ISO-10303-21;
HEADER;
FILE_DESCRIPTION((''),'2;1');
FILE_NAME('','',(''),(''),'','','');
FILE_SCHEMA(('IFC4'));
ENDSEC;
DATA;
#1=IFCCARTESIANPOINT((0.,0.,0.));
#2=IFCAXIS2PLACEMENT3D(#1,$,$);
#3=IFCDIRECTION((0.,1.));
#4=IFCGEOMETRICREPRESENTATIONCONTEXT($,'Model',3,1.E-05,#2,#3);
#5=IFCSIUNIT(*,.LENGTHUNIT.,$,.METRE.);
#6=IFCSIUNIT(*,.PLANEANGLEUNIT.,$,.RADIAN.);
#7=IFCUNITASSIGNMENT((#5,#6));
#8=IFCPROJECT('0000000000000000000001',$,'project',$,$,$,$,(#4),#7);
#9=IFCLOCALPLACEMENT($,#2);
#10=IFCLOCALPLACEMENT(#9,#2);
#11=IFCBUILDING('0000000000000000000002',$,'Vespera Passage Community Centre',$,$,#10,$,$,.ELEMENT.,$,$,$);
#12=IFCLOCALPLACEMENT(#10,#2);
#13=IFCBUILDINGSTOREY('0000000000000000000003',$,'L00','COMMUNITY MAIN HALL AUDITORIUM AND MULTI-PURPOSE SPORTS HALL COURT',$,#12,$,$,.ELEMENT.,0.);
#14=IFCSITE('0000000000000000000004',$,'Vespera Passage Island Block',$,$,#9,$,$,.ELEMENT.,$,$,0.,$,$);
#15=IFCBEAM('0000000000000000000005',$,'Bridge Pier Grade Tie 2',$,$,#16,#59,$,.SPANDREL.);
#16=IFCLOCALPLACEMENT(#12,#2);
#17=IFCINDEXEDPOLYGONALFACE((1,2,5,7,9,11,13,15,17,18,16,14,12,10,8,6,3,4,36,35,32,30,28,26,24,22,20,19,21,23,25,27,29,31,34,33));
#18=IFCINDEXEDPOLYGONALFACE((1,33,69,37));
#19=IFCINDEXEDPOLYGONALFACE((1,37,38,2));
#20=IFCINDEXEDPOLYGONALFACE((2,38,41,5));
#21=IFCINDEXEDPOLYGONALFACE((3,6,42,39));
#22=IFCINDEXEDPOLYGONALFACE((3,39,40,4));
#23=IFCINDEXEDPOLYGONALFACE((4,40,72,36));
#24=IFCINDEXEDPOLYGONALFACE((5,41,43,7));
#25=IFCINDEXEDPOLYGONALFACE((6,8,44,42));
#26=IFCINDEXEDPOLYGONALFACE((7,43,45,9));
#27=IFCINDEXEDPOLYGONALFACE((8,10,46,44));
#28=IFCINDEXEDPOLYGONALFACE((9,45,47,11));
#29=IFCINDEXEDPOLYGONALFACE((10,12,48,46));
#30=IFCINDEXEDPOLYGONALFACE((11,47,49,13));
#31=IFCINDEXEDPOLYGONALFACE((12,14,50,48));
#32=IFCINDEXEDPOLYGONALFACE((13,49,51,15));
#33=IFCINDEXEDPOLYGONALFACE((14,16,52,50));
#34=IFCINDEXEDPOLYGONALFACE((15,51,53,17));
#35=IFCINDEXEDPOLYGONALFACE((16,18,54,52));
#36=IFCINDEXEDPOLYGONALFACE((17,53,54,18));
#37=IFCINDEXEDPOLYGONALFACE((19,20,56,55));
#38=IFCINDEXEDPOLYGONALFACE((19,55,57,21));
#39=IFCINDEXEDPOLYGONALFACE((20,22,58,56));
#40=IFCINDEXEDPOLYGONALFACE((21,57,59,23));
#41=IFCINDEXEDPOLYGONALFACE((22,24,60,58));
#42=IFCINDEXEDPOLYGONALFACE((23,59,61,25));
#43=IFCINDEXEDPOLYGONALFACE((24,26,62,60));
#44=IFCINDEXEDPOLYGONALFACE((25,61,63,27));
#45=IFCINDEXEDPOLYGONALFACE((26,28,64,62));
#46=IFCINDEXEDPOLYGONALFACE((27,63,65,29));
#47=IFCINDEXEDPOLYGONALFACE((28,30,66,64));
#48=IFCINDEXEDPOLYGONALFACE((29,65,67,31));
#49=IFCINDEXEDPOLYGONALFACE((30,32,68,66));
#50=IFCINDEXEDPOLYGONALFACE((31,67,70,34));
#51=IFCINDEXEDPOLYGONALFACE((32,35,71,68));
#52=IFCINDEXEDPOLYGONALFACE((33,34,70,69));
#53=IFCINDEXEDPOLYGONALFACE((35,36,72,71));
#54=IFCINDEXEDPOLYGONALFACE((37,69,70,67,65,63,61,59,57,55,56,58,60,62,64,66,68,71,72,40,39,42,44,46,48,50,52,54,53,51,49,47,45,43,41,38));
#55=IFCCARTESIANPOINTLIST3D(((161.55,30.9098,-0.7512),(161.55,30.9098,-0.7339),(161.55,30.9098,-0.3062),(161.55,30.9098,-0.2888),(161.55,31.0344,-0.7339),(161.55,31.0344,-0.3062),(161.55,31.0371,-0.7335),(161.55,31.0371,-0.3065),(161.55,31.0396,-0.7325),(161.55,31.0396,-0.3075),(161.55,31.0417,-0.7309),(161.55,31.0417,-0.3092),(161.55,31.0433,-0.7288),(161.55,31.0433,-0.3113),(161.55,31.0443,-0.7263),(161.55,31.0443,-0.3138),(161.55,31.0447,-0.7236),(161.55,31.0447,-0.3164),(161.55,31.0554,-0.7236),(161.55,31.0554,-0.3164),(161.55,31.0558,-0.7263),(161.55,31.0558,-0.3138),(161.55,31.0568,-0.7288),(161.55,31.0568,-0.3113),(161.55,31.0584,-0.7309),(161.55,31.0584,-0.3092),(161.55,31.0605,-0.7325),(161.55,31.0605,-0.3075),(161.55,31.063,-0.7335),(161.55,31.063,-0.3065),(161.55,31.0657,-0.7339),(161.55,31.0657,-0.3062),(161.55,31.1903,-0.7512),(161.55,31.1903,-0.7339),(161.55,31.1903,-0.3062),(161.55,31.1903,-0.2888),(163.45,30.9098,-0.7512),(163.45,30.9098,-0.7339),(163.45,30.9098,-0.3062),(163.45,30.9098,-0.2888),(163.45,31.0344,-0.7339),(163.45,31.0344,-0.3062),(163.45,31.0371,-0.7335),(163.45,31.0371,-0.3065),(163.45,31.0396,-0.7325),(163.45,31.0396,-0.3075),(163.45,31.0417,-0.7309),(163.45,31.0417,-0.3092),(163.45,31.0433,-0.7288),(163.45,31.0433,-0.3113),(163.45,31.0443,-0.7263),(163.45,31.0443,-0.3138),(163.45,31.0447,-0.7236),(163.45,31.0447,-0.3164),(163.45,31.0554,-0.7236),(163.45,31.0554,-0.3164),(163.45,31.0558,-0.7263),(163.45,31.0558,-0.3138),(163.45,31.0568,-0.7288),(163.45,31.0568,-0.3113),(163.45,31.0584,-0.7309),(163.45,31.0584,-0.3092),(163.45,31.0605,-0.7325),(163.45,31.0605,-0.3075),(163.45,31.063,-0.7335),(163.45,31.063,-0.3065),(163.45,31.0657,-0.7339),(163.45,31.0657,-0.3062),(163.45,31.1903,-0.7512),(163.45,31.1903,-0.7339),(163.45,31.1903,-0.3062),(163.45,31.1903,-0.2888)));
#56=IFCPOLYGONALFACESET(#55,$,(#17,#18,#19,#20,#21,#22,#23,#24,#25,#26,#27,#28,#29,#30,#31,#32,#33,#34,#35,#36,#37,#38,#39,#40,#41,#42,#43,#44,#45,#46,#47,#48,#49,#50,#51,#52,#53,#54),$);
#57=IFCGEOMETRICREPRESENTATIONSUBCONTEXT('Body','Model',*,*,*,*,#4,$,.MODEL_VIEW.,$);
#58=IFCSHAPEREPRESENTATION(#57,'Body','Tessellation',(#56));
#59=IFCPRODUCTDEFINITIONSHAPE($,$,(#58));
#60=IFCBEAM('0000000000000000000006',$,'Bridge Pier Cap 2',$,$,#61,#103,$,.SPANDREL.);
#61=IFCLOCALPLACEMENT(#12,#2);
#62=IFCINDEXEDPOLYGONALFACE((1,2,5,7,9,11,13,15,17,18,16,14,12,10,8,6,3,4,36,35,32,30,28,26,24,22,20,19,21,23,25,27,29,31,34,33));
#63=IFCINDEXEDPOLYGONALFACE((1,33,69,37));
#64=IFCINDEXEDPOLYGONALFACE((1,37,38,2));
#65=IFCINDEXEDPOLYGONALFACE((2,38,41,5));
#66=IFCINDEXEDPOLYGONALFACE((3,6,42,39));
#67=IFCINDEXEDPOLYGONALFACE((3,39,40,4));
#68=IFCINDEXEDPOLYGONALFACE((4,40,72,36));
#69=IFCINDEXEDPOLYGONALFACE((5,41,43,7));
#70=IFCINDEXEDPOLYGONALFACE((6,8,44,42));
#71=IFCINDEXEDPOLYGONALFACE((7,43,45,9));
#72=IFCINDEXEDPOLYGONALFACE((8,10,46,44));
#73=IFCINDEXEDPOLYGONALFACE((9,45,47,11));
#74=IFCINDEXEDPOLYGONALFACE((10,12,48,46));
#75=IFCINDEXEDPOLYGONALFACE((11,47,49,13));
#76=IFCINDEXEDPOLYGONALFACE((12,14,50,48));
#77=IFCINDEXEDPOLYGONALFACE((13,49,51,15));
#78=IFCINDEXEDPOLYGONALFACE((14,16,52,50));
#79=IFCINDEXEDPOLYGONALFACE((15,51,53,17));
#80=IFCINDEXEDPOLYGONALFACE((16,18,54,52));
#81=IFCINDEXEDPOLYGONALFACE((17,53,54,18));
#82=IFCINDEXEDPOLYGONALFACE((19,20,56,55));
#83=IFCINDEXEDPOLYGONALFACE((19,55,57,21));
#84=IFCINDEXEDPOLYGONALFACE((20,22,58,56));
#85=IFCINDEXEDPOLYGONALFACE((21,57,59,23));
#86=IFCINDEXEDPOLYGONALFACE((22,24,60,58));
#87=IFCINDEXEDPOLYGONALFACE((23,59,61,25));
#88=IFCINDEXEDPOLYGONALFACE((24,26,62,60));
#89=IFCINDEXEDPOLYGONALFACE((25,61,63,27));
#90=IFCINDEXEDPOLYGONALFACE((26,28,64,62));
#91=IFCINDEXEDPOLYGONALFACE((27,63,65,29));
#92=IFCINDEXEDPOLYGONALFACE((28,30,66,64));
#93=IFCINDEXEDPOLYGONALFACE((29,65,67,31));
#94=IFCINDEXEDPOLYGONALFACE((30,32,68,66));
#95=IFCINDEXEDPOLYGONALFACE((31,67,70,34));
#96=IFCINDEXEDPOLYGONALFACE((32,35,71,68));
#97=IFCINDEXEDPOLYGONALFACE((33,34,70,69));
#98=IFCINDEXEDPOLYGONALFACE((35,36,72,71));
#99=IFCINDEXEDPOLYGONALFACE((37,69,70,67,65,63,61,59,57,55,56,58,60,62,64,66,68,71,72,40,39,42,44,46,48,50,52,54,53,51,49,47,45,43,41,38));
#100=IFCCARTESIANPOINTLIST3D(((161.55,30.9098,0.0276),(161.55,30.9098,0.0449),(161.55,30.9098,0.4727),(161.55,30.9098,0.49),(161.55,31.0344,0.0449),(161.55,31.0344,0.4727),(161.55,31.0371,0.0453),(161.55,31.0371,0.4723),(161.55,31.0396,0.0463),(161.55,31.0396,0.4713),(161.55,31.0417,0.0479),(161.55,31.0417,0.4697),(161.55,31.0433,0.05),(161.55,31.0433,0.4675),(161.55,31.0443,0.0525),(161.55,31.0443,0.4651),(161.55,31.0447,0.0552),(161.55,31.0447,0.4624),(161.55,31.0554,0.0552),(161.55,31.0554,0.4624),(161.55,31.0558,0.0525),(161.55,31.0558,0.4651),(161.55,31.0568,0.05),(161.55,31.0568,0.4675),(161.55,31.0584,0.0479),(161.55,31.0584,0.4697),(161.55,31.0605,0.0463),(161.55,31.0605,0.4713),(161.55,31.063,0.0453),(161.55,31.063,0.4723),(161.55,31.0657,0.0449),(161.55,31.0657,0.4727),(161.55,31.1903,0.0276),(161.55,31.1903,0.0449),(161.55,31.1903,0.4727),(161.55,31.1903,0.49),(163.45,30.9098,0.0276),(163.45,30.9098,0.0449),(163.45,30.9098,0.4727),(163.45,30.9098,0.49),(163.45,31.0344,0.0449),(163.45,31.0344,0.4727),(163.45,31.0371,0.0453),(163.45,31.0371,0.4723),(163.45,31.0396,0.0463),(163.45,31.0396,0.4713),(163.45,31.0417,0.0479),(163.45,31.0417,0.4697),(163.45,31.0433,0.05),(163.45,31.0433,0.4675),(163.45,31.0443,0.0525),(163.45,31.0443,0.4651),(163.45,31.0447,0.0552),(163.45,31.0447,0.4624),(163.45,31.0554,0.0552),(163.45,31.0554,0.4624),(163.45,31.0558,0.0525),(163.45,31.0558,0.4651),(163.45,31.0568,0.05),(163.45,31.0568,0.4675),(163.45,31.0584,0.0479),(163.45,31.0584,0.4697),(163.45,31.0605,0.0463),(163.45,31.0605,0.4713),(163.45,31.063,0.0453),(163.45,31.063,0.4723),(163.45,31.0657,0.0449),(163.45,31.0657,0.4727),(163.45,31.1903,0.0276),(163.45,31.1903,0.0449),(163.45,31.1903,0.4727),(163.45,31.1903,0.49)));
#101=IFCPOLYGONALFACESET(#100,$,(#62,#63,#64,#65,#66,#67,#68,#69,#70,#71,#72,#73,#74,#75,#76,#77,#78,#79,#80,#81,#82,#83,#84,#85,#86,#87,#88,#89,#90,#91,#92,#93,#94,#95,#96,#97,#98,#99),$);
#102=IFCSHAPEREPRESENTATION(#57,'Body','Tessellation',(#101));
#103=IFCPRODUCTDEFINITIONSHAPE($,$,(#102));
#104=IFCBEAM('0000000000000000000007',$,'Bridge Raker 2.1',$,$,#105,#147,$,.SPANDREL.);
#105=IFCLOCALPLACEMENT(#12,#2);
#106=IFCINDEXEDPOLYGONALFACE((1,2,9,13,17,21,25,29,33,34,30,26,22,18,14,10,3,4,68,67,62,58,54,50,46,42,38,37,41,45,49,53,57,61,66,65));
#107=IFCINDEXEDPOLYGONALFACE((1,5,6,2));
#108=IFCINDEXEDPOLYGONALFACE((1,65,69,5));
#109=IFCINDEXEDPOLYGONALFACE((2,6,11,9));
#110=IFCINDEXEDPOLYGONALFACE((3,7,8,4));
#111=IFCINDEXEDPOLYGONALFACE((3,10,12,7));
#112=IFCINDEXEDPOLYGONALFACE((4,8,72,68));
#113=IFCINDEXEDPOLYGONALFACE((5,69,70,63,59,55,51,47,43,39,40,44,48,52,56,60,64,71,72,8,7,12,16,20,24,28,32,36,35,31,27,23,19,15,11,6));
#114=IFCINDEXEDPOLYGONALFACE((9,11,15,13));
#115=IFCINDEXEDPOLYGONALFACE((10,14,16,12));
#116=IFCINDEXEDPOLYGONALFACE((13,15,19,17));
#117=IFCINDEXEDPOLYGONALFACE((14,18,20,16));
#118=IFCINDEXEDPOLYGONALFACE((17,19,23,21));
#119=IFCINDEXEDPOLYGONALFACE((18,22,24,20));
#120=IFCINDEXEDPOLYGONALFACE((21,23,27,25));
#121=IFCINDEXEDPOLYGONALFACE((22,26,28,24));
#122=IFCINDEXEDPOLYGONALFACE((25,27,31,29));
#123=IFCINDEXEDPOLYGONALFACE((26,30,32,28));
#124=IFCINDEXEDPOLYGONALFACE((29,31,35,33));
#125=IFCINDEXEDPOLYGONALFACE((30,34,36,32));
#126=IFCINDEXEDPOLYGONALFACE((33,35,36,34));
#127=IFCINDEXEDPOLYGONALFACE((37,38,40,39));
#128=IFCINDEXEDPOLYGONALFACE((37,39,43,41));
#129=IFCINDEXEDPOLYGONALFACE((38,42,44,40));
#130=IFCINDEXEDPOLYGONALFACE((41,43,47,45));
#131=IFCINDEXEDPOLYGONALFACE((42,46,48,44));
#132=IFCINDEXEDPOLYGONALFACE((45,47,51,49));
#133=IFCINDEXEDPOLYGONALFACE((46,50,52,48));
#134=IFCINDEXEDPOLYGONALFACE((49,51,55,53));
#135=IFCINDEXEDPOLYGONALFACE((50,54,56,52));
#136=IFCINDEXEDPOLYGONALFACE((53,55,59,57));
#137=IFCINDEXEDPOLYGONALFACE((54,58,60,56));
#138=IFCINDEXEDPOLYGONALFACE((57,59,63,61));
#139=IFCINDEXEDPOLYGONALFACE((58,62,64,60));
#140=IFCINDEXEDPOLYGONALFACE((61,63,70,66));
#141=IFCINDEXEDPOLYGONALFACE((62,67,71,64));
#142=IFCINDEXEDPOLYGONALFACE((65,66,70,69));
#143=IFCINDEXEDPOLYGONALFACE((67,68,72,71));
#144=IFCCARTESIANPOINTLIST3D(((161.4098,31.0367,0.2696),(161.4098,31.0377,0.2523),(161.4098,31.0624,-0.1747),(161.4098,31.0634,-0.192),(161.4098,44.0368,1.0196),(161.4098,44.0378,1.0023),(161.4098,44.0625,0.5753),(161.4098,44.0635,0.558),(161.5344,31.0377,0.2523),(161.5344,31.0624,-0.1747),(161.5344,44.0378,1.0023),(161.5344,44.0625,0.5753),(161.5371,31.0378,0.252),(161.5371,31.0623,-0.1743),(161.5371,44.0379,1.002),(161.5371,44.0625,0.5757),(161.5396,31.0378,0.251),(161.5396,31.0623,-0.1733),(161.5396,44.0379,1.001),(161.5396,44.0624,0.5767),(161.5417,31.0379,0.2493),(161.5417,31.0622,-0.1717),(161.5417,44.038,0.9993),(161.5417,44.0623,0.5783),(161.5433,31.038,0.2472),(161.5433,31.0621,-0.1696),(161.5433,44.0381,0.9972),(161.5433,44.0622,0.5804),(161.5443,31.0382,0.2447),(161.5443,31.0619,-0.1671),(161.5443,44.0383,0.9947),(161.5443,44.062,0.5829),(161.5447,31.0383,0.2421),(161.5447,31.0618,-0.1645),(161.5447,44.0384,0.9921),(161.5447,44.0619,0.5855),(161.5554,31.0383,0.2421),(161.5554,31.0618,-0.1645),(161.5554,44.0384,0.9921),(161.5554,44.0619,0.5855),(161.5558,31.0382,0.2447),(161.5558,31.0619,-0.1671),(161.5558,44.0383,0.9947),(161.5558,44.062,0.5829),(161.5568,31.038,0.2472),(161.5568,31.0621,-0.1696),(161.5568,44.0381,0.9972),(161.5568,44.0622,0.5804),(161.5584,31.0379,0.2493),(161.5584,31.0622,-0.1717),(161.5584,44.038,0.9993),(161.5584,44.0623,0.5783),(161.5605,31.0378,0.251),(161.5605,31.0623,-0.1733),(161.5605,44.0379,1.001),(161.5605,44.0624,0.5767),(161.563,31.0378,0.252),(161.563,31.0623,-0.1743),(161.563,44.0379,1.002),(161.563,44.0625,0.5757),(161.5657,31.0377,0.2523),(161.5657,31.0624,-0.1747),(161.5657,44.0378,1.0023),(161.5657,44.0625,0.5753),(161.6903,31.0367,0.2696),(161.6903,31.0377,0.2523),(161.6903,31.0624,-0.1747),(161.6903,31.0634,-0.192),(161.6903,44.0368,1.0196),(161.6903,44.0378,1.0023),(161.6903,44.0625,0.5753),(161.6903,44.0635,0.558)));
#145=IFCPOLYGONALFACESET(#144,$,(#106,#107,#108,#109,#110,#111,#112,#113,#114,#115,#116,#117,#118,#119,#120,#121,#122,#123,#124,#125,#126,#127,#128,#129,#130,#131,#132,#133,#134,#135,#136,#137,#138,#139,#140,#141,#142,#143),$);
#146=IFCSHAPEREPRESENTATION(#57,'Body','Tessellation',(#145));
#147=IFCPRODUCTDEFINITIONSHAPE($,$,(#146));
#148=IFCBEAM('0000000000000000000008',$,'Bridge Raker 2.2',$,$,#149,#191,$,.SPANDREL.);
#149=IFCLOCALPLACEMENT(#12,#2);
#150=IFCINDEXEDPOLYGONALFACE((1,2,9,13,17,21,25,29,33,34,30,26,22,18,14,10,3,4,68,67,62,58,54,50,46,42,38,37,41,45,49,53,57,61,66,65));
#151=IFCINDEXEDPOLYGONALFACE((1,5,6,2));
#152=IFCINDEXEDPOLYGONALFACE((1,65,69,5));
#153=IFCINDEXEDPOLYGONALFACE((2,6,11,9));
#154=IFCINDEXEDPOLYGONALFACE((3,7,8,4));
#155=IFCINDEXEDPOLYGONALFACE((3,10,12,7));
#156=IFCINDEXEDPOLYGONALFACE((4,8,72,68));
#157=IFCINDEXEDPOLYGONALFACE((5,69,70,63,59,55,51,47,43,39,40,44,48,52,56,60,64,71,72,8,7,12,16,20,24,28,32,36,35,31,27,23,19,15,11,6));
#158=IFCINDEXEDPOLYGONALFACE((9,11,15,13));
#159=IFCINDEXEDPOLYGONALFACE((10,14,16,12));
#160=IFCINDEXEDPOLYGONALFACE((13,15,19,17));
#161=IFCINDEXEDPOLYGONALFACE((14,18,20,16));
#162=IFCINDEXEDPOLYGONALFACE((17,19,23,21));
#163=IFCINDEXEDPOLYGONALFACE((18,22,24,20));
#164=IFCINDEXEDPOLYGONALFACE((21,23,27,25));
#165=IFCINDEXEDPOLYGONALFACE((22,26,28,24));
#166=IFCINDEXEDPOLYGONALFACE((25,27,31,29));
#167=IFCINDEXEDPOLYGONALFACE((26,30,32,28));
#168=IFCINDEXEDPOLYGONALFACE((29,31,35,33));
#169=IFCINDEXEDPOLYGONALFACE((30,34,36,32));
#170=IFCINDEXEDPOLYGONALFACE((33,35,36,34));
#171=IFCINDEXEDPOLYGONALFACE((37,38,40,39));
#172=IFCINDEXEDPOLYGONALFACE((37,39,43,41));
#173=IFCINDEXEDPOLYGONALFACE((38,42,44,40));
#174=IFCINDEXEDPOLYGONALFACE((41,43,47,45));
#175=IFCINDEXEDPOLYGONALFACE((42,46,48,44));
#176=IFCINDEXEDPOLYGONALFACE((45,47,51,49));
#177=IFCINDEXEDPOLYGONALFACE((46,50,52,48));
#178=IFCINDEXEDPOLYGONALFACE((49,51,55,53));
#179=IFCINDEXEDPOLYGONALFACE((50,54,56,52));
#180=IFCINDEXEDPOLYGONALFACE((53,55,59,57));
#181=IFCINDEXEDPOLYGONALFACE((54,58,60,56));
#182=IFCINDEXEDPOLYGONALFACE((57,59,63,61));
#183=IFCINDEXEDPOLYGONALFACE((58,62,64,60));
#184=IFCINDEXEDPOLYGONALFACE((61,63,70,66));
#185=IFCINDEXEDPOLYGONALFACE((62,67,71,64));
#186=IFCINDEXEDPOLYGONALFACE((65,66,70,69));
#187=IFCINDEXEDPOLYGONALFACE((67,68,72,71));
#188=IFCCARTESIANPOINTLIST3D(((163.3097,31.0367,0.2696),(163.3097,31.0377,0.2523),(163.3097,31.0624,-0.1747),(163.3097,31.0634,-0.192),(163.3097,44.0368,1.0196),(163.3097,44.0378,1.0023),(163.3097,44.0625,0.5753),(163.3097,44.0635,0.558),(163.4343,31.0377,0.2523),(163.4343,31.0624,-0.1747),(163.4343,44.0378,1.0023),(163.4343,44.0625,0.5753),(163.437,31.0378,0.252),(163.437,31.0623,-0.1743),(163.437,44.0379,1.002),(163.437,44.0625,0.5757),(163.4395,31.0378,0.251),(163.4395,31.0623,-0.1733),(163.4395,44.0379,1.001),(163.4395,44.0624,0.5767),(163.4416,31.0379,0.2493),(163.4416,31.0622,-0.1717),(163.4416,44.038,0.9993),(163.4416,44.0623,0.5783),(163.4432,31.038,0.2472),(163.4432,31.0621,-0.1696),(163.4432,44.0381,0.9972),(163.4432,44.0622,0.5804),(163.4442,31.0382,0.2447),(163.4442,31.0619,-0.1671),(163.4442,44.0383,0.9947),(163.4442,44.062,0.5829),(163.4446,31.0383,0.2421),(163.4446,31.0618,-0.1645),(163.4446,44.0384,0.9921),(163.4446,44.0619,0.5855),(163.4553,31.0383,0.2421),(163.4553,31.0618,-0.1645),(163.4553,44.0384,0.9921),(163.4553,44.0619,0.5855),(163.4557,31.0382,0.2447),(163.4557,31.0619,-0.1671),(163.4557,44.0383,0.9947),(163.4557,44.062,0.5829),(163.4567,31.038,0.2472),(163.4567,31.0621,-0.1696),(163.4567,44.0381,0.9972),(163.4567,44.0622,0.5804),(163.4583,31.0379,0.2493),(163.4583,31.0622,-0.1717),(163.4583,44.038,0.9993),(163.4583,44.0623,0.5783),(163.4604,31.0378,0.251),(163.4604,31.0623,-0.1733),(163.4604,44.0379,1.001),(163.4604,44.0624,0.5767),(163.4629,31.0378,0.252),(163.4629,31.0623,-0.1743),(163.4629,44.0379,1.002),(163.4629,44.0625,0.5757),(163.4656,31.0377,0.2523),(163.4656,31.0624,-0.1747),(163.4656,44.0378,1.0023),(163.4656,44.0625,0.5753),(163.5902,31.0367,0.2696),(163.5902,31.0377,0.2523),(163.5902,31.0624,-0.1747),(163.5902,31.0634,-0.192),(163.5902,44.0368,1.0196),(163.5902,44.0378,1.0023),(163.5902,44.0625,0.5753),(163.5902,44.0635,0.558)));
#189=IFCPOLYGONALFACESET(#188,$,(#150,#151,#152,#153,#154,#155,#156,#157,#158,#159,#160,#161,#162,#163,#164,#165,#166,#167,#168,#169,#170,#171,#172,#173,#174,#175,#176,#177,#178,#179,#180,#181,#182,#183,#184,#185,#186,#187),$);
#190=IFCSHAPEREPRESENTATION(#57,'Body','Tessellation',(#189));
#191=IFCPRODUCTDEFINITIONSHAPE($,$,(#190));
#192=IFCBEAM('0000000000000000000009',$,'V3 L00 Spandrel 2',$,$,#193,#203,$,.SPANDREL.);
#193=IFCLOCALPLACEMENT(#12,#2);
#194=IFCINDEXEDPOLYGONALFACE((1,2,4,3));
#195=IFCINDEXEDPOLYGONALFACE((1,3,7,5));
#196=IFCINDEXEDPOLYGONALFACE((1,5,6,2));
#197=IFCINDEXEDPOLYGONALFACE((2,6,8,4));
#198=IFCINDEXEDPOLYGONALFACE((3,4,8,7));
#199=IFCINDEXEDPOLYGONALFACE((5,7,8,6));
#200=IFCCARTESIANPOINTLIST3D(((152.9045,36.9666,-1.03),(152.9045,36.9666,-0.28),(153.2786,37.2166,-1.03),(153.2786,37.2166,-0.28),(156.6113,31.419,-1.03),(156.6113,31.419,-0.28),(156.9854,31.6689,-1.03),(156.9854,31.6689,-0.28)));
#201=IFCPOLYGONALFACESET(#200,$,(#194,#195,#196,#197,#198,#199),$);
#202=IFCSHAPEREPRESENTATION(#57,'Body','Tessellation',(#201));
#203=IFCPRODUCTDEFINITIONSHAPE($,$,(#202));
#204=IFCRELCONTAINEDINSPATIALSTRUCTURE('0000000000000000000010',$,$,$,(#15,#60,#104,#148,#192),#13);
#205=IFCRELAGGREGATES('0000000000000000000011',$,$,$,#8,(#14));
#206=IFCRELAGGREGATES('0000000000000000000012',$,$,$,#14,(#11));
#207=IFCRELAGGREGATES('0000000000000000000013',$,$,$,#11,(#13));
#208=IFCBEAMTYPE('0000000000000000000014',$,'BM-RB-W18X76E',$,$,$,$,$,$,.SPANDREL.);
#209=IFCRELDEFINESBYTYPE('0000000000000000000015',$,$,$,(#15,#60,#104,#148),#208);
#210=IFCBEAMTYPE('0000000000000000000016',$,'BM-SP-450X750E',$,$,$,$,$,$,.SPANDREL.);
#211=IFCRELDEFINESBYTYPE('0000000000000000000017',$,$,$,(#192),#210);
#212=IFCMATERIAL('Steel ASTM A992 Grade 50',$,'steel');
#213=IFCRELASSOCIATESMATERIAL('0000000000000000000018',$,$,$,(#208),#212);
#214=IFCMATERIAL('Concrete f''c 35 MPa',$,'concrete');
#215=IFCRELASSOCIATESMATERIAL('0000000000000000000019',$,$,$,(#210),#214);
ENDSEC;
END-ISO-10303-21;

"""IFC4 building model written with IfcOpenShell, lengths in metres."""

from ifc_helpers import new_model, si_unit, direction, frame, origin, origin_2d, place, context, subcontext, project, spatial, rectangle, i_section, extrude, material, material_profile, profile_set, type_object, element, save


model = new_model("IFC4")

# Units and contexts
model_context = context("Model", 3, precision=1e-05, world=origin(), true_north=direction((0.0, 1.0)))
body_context = subcontext(model_context, "Body", "Model", "MODEL_VIEW")
ifc_project = project(units=[si_unit("LENGTHUNIT", "METRE"), si_unit("PLANEANGLEUNIT", "RADIAN")], contexts=[model_context])

# Site, building, storey
site_placement = place(None, origin())
site = spatial("IfcSite", under=ifc_project, at=site_placement, Name="Vespera Passage Island Block", CompositionType="ELEMENT", RefElevation=0.0)
building_placement = place(site_placement, origin())
building = spatial("IfcBuilding", under=site, at=building_placement, Name="Vespera Passage Community Centre", CompositionType="ELEMENT")
storey_placement = place(building_placement, origin())
storey = spatial("IfcBuildingStorey", under=building, at=storey_placement, Name="L00", Description="COMMUNITY MAIN HALL AUDITORIUM AND MULTI-PURPOSE SPORTS HALL COURT", CompositionType="ELEMENT", Elevation=0.0)

# Beams
ifc_material_1 = material(Name="Steel ASTM A992 Grade 50", Category="steel")
ifc_material_profile_1 = material_profile(ifc_material_1, i_section(OverallWidth=0.2805, OverallDepth=0.4624, WebThickness=0.0107, FlangeThickness=0.0173, FilletRadius=0.0103, at=origin_2d()), Name="W18X76")
ifc_profile_set_1 = profile_set([ifc_material_profile_1], Name="Steel ASTM A992 Grade 50")
beam_type_1 = type_object("IfcBeamType", Name="BM-RB-W18X76E", PredefinedType="SPANDREL", material=ifc_profile_set_1)
for number, where, z_axis, x_axis, name in (
    (1, (161.55, 31.05, -0.52), (1.0, 0.0, 0.0), (0.0, 1.0, 0.0), "Bridge Pier Grade Tie 2"),
    (2, (161.55, 31.05, 0.2588), (1.0, 0.0, 0.0), (0.0, 1.0, 0.0), "Bridge Pier Cap 2"),
):
    element("IfcBeam", number, at=place(storey_placement, frame(where, z_axis=z_axis, x_axis=x_axis)), inside=storey, type_object=beam_type_1, Name=name, PredefinedType="SPANDREL", context=body_context, shape_type="SweptSolid", body=[
        extrude(i_section(OverallWidth=0.2805, OverallDepth=0.4624, WebThickness=0.0107, FlangeThickness=0.0173, FilletRadius=0.0103, at=origin_2d()), origin(), (0.0, 0.0, 1.0), 1.8999),
    ])
for number, where, z_axis, x_axis, name in (
    (3, (161.55, 31.05, 0.0388), (0.0, 0.99834, 0.057597), (-1.0, 0.0, 0.0), "Bridge Raker 2.1"),
    (4, (163.45, 31.05, 0.0388), (0.0, 0.99834, 0.057597), (-1.0, 0.0, 0.0), "Bridge Raker 2.2"),
):
    element("IfcBeam", number, at=place(storey_placement, frame(where, z_axis=z_axis, x_axis=x_axis)), inside=storey, type_object=beam_type_1, Name=name, PredefinedType="SPANDREL", context=body_context, shape_type="SweptSolid", body=[
        extrude(i_section(OverallWidth=0.2805, OverallDepth=0.4624, WebThickness=0.0107, FlangeThickness=0.0173, FilletRadius=0.0103, at=origin_2d()), origin(), (0.0, 0.0, 1.0), 13.0217),
    ])
ifc_material_2 = material(Name="Concrete f'c 35 MPa", Category="concrete")
ifc_material_profile_2 = material_profile(ifc_material_2, rectangle(XDim=0.45, YDim=0.75, at=origin_2d()), Name="RC450X750")
ifc_profile_set_2 = profile_set([ifc_material_profile_2], Name="Concrete f'c 35 MPa")
beam_type_2 = type_object("IfcBeamType", Name="BM-SP-450X750E", PredefinedType="SPANDREL", material=ifc_profile_set_2)
beam_placement = place(storey_placement, frame((156.7983, 31.5439, -0.655), z_axis=(-0.55557, 0.83147, 0.0), x_axis=(-0.83147, -0.55557, 0.0)))
element("IfcBeam", 5, at=beam_placement, inside=storey, type_object=beam_type_2, Name="V3 L00 Spandrel 2", PredefinedType="SPANDREL", context=body_context, shape_type="SweptSolid", body=[
    extrude(rectangle(XDim=0.45, YDim=0.75, at=origin_2d()), origin(), (0.0, 0.0, 1.0), 6.6721),
])

save(model, "model.ifc")
